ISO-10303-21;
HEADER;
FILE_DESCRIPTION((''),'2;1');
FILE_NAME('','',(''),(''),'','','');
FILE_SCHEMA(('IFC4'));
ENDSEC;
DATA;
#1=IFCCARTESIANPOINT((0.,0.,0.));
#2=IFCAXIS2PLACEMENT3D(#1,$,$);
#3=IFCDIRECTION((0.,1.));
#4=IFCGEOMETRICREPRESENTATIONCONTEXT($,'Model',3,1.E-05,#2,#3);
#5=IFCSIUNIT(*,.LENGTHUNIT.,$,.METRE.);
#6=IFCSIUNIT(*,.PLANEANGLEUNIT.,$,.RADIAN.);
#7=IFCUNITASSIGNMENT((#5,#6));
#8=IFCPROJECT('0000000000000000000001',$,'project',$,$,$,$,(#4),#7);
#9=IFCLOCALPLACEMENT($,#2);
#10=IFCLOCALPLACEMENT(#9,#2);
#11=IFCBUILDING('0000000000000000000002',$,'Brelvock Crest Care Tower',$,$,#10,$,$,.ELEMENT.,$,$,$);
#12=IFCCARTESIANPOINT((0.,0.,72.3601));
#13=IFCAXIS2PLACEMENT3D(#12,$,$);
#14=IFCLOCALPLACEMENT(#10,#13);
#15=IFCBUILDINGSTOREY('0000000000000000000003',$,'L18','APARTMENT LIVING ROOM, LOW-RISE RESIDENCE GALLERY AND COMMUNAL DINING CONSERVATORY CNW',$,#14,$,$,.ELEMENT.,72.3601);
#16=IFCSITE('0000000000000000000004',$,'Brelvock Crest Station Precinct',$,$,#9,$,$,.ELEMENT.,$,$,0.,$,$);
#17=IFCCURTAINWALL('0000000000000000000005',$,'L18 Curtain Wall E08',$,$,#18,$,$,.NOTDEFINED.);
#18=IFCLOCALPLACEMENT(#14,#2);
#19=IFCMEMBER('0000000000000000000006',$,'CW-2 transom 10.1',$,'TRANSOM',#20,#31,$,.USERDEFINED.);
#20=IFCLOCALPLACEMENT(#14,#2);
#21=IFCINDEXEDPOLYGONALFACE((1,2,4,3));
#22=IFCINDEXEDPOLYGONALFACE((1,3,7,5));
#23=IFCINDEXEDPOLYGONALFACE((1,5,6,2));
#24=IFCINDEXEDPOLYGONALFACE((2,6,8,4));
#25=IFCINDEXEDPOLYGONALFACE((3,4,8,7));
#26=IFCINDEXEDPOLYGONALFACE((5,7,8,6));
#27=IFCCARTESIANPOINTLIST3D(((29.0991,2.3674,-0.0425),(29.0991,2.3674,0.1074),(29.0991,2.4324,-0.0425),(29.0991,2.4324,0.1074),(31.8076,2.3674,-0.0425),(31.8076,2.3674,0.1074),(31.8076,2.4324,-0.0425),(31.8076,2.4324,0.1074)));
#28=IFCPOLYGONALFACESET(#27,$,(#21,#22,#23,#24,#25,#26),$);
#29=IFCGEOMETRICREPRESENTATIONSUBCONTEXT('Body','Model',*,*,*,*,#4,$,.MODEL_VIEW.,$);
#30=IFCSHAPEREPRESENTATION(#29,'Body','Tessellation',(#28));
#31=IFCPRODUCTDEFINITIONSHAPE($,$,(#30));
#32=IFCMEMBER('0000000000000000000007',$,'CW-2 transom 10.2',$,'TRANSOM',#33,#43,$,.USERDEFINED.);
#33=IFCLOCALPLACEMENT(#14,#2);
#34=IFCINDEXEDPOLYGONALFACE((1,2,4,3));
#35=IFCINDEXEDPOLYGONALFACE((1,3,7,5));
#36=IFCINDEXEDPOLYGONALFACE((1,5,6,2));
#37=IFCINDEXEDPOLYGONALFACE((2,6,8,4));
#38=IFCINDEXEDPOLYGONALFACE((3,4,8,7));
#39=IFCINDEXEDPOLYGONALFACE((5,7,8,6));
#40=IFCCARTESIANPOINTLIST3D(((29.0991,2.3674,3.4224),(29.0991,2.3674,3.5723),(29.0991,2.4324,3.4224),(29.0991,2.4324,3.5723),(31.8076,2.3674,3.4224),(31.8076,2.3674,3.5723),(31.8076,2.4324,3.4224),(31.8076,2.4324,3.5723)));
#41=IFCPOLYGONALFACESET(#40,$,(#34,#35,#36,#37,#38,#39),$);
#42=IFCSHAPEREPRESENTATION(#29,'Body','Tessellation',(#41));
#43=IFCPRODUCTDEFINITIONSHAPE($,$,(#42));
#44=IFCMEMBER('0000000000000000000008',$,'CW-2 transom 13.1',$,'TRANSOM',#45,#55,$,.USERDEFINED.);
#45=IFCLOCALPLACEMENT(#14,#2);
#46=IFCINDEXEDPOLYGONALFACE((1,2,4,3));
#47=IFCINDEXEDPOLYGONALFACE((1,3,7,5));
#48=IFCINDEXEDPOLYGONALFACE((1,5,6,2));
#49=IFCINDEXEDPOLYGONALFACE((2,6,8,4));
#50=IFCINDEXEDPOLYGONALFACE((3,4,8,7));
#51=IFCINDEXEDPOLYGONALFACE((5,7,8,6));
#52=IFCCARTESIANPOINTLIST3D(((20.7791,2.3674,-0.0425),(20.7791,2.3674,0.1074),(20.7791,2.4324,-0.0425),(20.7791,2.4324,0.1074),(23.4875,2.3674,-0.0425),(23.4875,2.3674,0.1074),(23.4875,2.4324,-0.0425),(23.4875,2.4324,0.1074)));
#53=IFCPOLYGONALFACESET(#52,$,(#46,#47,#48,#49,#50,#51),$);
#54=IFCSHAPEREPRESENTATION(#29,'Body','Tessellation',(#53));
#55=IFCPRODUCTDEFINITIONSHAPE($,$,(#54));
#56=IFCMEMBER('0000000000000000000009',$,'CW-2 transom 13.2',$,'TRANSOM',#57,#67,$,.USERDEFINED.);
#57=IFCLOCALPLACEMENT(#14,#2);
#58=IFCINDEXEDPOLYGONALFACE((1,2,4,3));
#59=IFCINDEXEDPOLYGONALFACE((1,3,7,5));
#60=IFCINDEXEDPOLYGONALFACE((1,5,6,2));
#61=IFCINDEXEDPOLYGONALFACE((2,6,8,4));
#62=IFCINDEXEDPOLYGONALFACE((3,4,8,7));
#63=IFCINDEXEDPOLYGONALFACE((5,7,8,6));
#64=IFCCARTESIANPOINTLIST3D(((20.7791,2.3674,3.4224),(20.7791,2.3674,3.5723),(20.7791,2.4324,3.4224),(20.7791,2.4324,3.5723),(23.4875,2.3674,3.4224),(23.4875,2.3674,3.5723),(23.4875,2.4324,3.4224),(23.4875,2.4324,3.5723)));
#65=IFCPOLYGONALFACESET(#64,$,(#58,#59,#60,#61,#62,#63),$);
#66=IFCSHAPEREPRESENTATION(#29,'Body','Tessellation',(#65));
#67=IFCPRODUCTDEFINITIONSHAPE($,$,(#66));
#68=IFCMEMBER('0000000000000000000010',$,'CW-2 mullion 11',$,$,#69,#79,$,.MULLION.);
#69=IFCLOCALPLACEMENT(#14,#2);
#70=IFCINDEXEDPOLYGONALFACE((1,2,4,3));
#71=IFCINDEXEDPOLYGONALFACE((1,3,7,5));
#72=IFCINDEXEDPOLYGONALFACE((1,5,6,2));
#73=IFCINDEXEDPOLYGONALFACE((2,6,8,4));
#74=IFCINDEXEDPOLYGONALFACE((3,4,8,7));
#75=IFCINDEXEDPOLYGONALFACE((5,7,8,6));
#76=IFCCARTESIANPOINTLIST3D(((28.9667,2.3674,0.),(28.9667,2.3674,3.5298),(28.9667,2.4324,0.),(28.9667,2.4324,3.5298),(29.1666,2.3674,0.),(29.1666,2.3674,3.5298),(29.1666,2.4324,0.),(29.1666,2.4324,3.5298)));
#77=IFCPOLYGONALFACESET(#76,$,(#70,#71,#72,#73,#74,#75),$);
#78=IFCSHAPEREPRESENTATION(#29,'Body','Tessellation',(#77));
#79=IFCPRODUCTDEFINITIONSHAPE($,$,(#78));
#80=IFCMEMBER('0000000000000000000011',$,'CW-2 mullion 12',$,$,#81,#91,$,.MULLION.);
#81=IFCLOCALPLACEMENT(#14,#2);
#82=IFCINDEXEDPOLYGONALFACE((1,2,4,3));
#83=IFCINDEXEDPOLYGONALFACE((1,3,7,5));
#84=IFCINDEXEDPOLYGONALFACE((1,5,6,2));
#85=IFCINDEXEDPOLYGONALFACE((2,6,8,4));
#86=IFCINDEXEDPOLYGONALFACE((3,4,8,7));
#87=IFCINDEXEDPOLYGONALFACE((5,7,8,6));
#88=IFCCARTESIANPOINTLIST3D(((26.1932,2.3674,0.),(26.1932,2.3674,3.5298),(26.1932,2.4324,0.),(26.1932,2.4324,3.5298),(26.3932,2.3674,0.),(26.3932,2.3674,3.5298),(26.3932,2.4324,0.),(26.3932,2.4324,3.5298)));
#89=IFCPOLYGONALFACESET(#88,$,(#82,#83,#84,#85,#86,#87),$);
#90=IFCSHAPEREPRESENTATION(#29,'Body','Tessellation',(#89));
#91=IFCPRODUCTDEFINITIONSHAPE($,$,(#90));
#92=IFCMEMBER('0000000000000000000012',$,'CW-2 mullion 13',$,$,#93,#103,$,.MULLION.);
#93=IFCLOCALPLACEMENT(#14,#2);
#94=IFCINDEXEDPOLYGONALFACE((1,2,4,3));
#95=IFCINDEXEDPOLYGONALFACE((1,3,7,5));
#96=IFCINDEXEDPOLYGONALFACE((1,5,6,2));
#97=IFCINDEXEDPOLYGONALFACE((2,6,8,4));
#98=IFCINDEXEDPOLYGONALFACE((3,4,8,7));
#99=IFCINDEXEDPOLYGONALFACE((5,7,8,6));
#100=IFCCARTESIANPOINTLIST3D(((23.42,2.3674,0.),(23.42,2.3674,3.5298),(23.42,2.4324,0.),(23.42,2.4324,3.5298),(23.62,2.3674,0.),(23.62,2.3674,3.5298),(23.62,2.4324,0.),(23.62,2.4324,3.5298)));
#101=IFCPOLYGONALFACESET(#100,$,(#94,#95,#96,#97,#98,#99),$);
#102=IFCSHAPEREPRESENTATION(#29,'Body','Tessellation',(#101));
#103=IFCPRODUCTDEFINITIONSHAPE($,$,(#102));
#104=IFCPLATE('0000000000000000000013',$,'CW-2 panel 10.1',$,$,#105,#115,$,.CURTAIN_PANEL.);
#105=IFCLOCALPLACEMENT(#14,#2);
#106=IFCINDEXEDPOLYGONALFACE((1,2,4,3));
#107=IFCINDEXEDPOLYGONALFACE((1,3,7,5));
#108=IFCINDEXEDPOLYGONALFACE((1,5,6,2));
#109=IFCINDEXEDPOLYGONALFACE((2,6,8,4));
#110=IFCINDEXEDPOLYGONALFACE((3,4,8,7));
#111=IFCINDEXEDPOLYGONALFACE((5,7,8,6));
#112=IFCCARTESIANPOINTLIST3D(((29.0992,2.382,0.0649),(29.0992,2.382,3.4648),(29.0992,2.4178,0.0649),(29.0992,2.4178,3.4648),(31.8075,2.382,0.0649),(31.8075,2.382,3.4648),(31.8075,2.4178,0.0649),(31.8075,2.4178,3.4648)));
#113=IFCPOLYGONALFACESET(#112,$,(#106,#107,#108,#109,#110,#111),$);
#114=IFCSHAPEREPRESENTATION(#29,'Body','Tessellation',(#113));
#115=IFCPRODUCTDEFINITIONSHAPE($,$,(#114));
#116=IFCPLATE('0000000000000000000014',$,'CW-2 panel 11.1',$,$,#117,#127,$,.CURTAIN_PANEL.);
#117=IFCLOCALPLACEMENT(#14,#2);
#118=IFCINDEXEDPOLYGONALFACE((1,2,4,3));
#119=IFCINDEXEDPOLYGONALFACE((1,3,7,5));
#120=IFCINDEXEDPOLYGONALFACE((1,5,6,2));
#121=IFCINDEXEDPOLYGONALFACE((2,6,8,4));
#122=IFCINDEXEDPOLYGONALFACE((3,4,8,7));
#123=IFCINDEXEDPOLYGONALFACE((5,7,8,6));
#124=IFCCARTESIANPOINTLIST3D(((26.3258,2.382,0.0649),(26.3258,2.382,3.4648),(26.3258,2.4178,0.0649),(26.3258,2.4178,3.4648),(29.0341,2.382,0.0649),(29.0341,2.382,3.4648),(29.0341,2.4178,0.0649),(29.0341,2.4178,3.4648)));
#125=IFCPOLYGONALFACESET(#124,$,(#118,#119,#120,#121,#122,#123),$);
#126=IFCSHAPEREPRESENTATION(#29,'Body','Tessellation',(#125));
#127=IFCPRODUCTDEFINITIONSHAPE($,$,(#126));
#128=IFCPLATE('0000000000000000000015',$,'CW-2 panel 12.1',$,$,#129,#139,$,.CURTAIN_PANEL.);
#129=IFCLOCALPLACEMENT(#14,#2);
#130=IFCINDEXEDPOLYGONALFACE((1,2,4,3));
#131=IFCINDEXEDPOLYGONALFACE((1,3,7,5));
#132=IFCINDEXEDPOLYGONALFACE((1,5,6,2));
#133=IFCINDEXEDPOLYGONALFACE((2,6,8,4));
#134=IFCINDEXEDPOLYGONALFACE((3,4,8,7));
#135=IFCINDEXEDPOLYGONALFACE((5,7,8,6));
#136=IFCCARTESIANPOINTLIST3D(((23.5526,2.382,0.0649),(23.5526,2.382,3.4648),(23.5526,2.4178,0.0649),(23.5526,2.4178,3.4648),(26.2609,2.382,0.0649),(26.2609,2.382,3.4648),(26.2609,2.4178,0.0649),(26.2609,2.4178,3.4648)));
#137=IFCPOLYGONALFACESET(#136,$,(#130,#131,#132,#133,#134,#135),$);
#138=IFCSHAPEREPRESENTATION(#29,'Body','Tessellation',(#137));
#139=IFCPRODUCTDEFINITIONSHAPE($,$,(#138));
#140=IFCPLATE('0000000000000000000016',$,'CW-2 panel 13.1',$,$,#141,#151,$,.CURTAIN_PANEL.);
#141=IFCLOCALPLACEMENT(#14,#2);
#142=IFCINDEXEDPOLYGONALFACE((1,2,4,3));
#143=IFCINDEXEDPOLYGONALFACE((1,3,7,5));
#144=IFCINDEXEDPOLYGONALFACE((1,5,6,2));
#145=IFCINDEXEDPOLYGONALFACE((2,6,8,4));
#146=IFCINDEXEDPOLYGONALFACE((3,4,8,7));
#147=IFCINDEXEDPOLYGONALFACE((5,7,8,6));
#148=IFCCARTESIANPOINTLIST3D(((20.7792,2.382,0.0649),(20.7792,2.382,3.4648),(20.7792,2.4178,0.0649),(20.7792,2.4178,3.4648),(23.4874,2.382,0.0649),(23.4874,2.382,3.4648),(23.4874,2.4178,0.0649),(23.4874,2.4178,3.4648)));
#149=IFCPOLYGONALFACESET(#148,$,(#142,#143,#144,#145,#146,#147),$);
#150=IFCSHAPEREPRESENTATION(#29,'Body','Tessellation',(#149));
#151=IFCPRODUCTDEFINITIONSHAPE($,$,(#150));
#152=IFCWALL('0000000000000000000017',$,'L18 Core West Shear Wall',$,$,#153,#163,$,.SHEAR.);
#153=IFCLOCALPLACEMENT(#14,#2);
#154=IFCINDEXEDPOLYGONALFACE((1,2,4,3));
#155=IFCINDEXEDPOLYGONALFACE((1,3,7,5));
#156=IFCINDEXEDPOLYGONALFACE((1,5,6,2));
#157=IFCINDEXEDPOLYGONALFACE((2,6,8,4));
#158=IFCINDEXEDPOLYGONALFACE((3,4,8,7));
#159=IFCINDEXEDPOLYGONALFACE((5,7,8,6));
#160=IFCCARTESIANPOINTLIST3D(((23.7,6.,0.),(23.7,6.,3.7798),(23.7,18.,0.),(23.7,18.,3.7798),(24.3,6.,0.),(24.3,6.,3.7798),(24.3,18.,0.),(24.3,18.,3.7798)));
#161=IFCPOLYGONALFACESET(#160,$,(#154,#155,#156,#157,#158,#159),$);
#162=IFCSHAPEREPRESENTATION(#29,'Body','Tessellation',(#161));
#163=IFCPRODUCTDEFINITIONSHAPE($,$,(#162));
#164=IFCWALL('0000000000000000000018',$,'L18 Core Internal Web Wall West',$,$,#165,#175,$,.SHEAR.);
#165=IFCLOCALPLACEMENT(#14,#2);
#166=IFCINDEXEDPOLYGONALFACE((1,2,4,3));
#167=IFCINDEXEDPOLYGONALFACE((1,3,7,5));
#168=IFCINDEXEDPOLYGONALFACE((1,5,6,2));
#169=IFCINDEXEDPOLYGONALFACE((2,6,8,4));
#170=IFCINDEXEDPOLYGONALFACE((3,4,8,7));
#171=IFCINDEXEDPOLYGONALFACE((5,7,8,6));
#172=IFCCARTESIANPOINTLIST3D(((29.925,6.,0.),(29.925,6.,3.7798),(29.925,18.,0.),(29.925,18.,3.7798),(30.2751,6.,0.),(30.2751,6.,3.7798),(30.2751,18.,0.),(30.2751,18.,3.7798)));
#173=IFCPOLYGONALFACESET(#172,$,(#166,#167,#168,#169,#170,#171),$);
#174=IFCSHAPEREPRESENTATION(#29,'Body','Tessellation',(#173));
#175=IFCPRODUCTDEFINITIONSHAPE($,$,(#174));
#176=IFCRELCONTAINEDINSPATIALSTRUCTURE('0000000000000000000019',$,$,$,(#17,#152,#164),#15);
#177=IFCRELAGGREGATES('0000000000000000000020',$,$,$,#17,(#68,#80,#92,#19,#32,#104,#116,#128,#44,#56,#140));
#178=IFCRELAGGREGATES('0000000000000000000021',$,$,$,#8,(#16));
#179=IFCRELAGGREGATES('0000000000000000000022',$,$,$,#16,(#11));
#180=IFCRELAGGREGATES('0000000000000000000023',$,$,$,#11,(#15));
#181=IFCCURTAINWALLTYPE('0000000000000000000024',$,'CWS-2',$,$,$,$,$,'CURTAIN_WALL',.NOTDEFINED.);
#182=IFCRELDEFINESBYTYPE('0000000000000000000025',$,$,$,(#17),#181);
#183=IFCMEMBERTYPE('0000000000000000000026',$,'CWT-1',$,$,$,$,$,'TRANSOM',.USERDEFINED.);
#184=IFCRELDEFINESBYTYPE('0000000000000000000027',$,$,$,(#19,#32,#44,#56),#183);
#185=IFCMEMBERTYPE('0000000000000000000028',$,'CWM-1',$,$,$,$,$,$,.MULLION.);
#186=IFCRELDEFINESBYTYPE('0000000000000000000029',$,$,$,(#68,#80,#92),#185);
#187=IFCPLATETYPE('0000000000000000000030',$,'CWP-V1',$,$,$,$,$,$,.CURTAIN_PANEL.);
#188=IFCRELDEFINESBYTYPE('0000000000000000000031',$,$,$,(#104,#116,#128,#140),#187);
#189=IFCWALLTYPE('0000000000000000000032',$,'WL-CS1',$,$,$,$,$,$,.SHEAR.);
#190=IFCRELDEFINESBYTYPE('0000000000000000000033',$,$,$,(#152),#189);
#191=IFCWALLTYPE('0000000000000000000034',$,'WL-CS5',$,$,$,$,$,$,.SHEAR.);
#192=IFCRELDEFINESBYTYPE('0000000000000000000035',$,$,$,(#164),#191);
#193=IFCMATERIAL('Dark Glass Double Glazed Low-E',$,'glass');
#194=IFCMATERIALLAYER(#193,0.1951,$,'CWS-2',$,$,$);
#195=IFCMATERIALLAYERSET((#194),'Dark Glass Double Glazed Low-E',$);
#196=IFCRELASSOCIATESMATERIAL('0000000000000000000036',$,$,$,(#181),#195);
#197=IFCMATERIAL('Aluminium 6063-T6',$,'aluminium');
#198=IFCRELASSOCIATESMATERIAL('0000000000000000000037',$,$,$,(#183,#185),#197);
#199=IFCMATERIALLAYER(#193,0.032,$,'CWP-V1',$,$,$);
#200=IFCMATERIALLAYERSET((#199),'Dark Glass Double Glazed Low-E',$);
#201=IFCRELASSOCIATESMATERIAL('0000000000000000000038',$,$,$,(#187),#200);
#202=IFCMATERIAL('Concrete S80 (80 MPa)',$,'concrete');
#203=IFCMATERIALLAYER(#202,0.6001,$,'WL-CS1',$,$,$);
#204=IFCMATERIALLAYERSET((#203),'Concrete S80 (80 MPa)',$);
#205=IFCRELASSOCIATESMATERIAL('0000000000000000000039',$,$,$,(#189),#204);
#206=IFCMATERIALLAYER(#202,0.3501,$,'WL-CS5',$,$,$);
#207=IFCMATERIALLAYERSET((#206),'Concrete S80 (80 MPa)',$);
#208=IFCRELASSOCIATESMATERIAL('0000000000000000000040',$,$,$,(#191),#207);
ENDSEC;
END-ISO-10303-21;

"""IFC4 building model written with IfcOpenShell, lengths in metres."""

from ifc_helpers import new_model, si_unit, direction, frame, frame_2d, origin, origin_2d, place, context, subcontext, project, spatial, rectangle, extrude, source, transform, mapped, material, layer, layer_set, material_profile, profile_set, type_object, element, aggregate, save


model = new_model("IFC4")

# Units and contexts
model_context = context("Model", 3, precision=1e-05, world=origin(), true_north=direction((0.0, 1.0)))
body_context = subcontext(model_context, "Body", "Model", "MODEL_VIEW")
ifc_project = project(units=[si_unit("LENGTHUNIT", "METRE"), si_unit("PLANEANGLEUNIT", "RADIAN")], contexts=[model_context])

# Site, building, storey
site_placement = place(None, origin())
site = spatial("IfcSite", under=ifc_project, at=site_placement, Name="Brelvock Crest Station Precinct", CompositionType="ELEMENT", RefElevation=0.0)
building_placement = place(site_placement, origin())
building = spatial("IfcBuilding", under=site, at=building_placement, Name="Brelvock Crest Care Tower", CompositionType="ELEMENT")
storey_placement = place(building_placement, frame((0.0, 0.0, 72.3601)))
storey = spatial("IfcBuildingStorey", under=building, at=storey_placement, Name="L18", Description="APARTMENT LIVING ROOM, LOW-RISE RESIDENCE GALLERY AND COMMUNAL DINING CONSERVATORY CNW", CompositionType="ELEMENT", Elevation=72.3601)

# Shared definitions
ifc_material_1 = material(Name="Concrete S80 (80 MPa)", Category="concrete")

# Curtain wall, members, plates
ifc_material_2 = material(Name="Dark Glass Double Glazed Low-E", Category="glass")
ifc_layer_1 = layer(ifc_material_2, 0.1951, Name="CWS-2")
ifc_layer_set_1 = layer_set([ifc_layer_1], Name="Dark Glass Double Glazed Low-E")
curtain_wall_type = type_object("IfcCurtainWallType", Name="CWS-2", ElementType="CURTAIN_WALL", PredefinedType="NOTDEFINED", material=ifc_layer_set_1)
curtain_wall_placement = place(storey_placement, origin())
curtain_wall = element("IfcCurtainWall", 1, at=curtain_wall_placement, inside=storey, type_object=curtain_wall_type, Name="L18 Curtain Wall E08", PredefinedType="NOTDEFINED")
ifc_material_3 = material(Name="Aluminium 6063-T6", Category="aluminium")
ifc_material_profile_1 = material_profile(ifc_material_3, rectangle(XDim=0.0649, YDim=0.1499, at=origin_2d()), Name="ALU65x150")
ifc_profile_set_1 = profile_set([ifc_material_profile_1], Name="Aluminium 6063-T6")
member_type_1 = type_object("IfcMemberType", Name="CWT-1", ElementType="TRANSOM", PredefinedType="USERDEFINED", material=ifc_profile_set_1)
shared_shape_1 = source(origin(), body_context, "Body", "SweptSolid", [
    extrude(rectangle(XDim=0.0649, YDim=0.1499, at=origin_2d()), origin(), (0.0, 0.0, 1.0), 2.7085),
])
member_1_placement = place(storey_placement, frame((31.8076, 2.3999, 0.0325), z_axis=(-1.0, 0.0, 0.0), x_axis=(0.0, -1.0, 0.0)))
member_1 = element("IfcMember", 2, at=member_1_placement, type_object=member_type_1, Name="CW-2 transom 10.1", ObjectType="TRANSOM", PredefinedType="USERDEFINED", context=body_context, shape_type="MappedRepresentation", body=[
    mapped(shared_shape_1, transform((0.0, 0.0, 0.0), x_axis=(1.0, 0.0, 0.0), y_axis=(0.0, 1.0, 0.0), z_axis=(0.0, 0.0, 1.0), scale=1.0)),
])
member_2_placement = place(storey_placement, frame((31.8076, 2.3999, 3.4973), z_axis=(-1.0, 0.0, 0.0), x_axis=(0.0, -1.0, 0.0)))
member_2 = element("IfcMember", 3, at=member_2_placement, type_object=member_type_1, Name="CW-2 transom 10.2", ObjectType="TRANSOM", PredefinedType="USERDEFINED", context=body_context, shape_type="MappedRepresentation", body=[
    mapped(shared_shape_1, transform((0.0, 0.0, 0.0), x_axis=(1.0, 0.0, 0.0), y_axis=(0.0, 1.0, 0.0), z_axis=(0.0, 0.0, 1.0), scale=1.0)),
])
member_3_placement = place(storey_placement, frame((23.4875, 2.3999, 0.0325), z_axis=(-1.0, 0.0, 0.0), x_axis=(0.0, -1.0, 0.0)))
member_3 = element("IfcMember", 4, at=member_3_placement, type_object=member_type_1, Name="CW-2 transom 13.1", ObjectType="TRANSOM", PredefinedType="USERDEFINED", context=body_context, shape_type="MappedRepresentation", body=[
    mapped(shared_shape_1, transform((0.0, 0.0, 0.0), x_axis=(1.0, 0.0, 0.0), y_axis=(0.0, 1.0, 0.0), z_axis=(0.0, 0.0, 1.0), scale=1.0)),
])
member_4_placement = place(storey_placement, frame((23.4875, 2.3999, 3.4973), z_axis=(-1.0, 0.0, 0.0), x_axis=(0.0, -1.0, 0.0)))
member_4 = element("IfcMember", 5, at=member_4_placement, type_object=member_type_1, Name="CW-2 transom 13.2", ObjectType="TRANSOM", PredefinedType="USERDEFINED", context=body_context, shape_type="MappedRepresentation", body=[
    mapped(shared_shape_1, transform((0.0, 0.0, 0.0), x_axis=(1.0, 0.0, 0.0), y_axis=(0.0, 1.0, 0.0), z_axis=(0.0, 0.0, 1.0), scale=1.0)),
])
ifc_material_profile_2 = material_profile(ifc_material_3, rectangle(XDim=0.0649, YDim=0.2, at=origin_2d()), Name="ALU65x200")
ifc_profile_set_2 = profile_set([ifc_material_profile_2], Name="Aluminium 6063-T6")
member_type_2 = type_object("IfcMemberType", Name="CWM-1", PredefinedType="MULLION", material=ifc_profile_set_2)
shared_shape_2 = source(origin(), body_context, "Body", "SweptSolid", [
    extrude(rectangle(XDim=0.0649, YDim=0.2, at=origin_2d()), origin(), (0.0, 0.0, 1.0), 3.5298),
])
member_5_placement = place(storey_placement, frame((29.0667, 2.3999, 0.0), z_axis=(0.0, 0.0, 1.0), x_axis=(0.0, -1.0, 0.0)))
member_5 = element("IfcMember", 6, at=member_5_placement, type_object=member_type_2, Name="CW-2 mullion 11", PredefinedType="MULLION", context=body_context, shape_type="MappedRepresentation", body=[
    mapped(shared_shape_2, transform((0.0, 0.0, 0.0), x_axis=(1.0, 0.0, 0.0), y_axis=(0.0, 1.0, 0.0), z_axis=(0.0, 0.0, 1.0), scale=1.0)),
])
member_6_placement = place(storey_placement, frame((26.2932, 2.3999, 0.0), z_axis=(0.0, 0.0, 1.0), x_axis=(0.0, -1.0, 0.0)))
member_6 = element("IfcMember", 7, at=member_6_placement, type_object=member_type_2, Name="CW-2 mullion 12", PredefinedType="MULLION", context=body_context, shape_type="MappedRepresentation", body=[
    mapped(shared_shape_2, transform((0.0, 0.0, 0.0), x_axis=(1.0, 0.0, 0.0), y_axis=(0.0, 1.0, 0.0), z_axis=(0.0, 0.0, 1.0), scale=1.0)),
])
member_7_placement = place(storey_placement, frame((23.52, 2.3999, 0.0), z_axis=(0.0, 0.0, 1.0), x_axis=(0.0, -1.0, 0.0)))
member_7 = element("IfcMember", 8, at=member_7_placement, type_object=member_type_2, Name="CW-2 mullion 13", PredefinedType="MULLION", context=body_context, shape_type="MappedRepresentation", body=[
    mapped(shared_shape_2, transform((0.0, 0.0, 0.0), x_axis=(1.0, 0.0, 0.0), y_axis=(0.0, 1.0, 0.0), z_axis=(0.0, 0.0, 1.0), scale=1.0)),
])
ifc_layer_2 = layer(ifc_material_2, 0.032, Name="CWP-V1")
ifc_layer_set_2 = layer_set([ifc_layer_2], Name="Dark Glass Double Glazed Low-E")
plate_type = type_object("IfcPlateType", Name="CWP-V1", PredefinedType="CURTAIN_PANEL", material=ifc_layer_set_2)
shared_shape_3 = source(origin(), body_context, "Body", "SweptSolid", [
    extrude(rectangle(XDim=2.7083, YDim=0.0359, at=origin_2d()), origin(), (0.0, 0.0, 1.0), 3.3999),
])
plate_1_placement = place(storey_placement, frame((30.4534, 2.3999, 0.0649), z_axis=(0.0, 0.0, 1.0), x_axis=(-1.0, 0.0, 0.0)))
plate_1 = element("IfcPlate", 9, at=plate_1_placement, type_object=plate_type, Name="CW-2 panel 10.1", PredefinedType="CURTAIN_PANEL", context=body_context, shape_type="MappedRepresentation", body=[
    mapped(shared_shape_3, transform((0.0, 0.0, 0.0), x_axis=(1.0, 0.0, 0.0), y_axis=(0.0, 1.0, 0.0), z_axis=(0.0, 0.0, 1.0), scale=1.0)),
])
plate_2_placement = place(storey_placement, frame((27.6799, 2.3999, 0.0649), z_axis=(0.0, 0.0, 1.0), x_axis=(-1.0, 0.0, 0.0)))
plate_2 = element("IfcPlate", 10, at=plate_2_placement, type_object=plate_type, Name="CW-2 panel 11.1", PredefinedType="CURTAIN_PANEL", context=body_context, shape_type="MappedRepresentation", body=[
    mapped(shared_shape_3, transform((0.0, 0.0, 0.0), x_axis=(1.0, 0.0, 0.0), y_axis=(0.0, 1.0, 0.0), z_axis=(0.0, 0.0, 1.0), scale=1.0)),
])
plate_3_placement = place(storey_placement, frame((24.9067, 2.3999, 0.0649), z_axis=(0.0, 0.0, 1.0), x_axis=(-1.0, 0.0, 0.0)))
plate_3 = element("IfcPlate", 11, at=plate_3_placement, type_object=plate_type, Name="CW-2 panel 12.1", PredefinedType="CURTAIN_PANEL", context=body_context, shape_type="MappedRepresentation", body=[
    mapped(shared_shape_3, transform((0.0, 0.0, 0.0), x_axis=(1.0, 0.0, 0.0), y_axis=(0.0, 1.0, 0.0), z_axis=(0.0, 0.0, 1.0), scale=1.0)),
])
plate_4_placement = place(storey_placement, frame((22.1333, 2.3999, 0.0649), z_axis=(0.0, 0.0, 1.0), x_axis=(-1.0, 0.0, 0.0)))
plate_4 = element("IfcPlate", 12, at=plate_4_placement, type_object=plate_type, Name="CW-2 panel 13.1", PredefinedType="CURTAIN_PANEL", context=body_context, shape_type="MappedRepresentation", body=[
    mapped(shared_shape_3, transform((0.0, 0.0, 0.0), x_axis=(1.0, 0.0, 0.0), y_axis=(0.0, 1.0, 0.0), z_axis=(0.0, 0.0, 1.0), scale=1.0)),
])
aggregate(curtain_wall, [member_5, member_6, member_7, member_1, member_2, plate_1, plate_2, plate_3, member_3, member_4, plate_4])

# Walls
ifc_layer_3 = layer(ifc_material_1, 0.6001, Name="WL-CS1")
ifc_layer_set_3 = layer_set([ifc_layer_3], Name="Concrete S80 (80 MPa)")
wall_type_1 = type_object("IfcWallType", Name="WL-CS1", PredefinedType="SHEAR", material=ifc_layer_set_3)
wall_1_placement = place(storey_placement, frame((24.0, 6.0, 0.0), z_axis=(0.0, 0.0, 1.0), x_axis=(0.0, 1.0, 0.0)))
element("IfcWall", 13, at=wall_1_placement, inside=storey, type_object=wall_type_1, Name="L18 Core West Shear Wall", PredefinedType="SHEAR", context=body_context, shape_type="SweptSolid", body=[
    extrude(rectangle(XDim=12.0, YDim=0.6001, at=frame_2d((6.0, 0.0))), origin(), (0.0, 0.0, 1.0), 3.7798),
])
ifc_layer_4 = layer(ifc_material_1, 0.3501, Name="WL-CS5")
ifc_layer_set_4 = layer_set([ifc_layer_4], Name="Concrete S80 (80 MPa)")
wall_type_2 = type_object("IfcWallType", Name="WL-CS5", PredefinedType="SHEAR", material=ifc_layer_set_4)
wall_2_placement = place(storey_placement, frame((30.1001, 6.0, 0.0), z_axis=(0.0, 0.0, 1.0), x_axis=(0.0, 1.0, 0.0)))
element("IfcWall", 14, at=wall_2_placement, inside=storey, type_object=wall_type_2, Name="L18 Core Internal Web Wall West", PredefinedType="SHEAR", context=body_context, shape_type="SweptSolid", body=[
    extrude(rectangle(XDim=12.0, YDim=0.3501, at=frame_2d((6.0, 0.0))), origin(), (0.0, 0.0, 1.0), 3.7798),
])

save(model, "model.ifc")
